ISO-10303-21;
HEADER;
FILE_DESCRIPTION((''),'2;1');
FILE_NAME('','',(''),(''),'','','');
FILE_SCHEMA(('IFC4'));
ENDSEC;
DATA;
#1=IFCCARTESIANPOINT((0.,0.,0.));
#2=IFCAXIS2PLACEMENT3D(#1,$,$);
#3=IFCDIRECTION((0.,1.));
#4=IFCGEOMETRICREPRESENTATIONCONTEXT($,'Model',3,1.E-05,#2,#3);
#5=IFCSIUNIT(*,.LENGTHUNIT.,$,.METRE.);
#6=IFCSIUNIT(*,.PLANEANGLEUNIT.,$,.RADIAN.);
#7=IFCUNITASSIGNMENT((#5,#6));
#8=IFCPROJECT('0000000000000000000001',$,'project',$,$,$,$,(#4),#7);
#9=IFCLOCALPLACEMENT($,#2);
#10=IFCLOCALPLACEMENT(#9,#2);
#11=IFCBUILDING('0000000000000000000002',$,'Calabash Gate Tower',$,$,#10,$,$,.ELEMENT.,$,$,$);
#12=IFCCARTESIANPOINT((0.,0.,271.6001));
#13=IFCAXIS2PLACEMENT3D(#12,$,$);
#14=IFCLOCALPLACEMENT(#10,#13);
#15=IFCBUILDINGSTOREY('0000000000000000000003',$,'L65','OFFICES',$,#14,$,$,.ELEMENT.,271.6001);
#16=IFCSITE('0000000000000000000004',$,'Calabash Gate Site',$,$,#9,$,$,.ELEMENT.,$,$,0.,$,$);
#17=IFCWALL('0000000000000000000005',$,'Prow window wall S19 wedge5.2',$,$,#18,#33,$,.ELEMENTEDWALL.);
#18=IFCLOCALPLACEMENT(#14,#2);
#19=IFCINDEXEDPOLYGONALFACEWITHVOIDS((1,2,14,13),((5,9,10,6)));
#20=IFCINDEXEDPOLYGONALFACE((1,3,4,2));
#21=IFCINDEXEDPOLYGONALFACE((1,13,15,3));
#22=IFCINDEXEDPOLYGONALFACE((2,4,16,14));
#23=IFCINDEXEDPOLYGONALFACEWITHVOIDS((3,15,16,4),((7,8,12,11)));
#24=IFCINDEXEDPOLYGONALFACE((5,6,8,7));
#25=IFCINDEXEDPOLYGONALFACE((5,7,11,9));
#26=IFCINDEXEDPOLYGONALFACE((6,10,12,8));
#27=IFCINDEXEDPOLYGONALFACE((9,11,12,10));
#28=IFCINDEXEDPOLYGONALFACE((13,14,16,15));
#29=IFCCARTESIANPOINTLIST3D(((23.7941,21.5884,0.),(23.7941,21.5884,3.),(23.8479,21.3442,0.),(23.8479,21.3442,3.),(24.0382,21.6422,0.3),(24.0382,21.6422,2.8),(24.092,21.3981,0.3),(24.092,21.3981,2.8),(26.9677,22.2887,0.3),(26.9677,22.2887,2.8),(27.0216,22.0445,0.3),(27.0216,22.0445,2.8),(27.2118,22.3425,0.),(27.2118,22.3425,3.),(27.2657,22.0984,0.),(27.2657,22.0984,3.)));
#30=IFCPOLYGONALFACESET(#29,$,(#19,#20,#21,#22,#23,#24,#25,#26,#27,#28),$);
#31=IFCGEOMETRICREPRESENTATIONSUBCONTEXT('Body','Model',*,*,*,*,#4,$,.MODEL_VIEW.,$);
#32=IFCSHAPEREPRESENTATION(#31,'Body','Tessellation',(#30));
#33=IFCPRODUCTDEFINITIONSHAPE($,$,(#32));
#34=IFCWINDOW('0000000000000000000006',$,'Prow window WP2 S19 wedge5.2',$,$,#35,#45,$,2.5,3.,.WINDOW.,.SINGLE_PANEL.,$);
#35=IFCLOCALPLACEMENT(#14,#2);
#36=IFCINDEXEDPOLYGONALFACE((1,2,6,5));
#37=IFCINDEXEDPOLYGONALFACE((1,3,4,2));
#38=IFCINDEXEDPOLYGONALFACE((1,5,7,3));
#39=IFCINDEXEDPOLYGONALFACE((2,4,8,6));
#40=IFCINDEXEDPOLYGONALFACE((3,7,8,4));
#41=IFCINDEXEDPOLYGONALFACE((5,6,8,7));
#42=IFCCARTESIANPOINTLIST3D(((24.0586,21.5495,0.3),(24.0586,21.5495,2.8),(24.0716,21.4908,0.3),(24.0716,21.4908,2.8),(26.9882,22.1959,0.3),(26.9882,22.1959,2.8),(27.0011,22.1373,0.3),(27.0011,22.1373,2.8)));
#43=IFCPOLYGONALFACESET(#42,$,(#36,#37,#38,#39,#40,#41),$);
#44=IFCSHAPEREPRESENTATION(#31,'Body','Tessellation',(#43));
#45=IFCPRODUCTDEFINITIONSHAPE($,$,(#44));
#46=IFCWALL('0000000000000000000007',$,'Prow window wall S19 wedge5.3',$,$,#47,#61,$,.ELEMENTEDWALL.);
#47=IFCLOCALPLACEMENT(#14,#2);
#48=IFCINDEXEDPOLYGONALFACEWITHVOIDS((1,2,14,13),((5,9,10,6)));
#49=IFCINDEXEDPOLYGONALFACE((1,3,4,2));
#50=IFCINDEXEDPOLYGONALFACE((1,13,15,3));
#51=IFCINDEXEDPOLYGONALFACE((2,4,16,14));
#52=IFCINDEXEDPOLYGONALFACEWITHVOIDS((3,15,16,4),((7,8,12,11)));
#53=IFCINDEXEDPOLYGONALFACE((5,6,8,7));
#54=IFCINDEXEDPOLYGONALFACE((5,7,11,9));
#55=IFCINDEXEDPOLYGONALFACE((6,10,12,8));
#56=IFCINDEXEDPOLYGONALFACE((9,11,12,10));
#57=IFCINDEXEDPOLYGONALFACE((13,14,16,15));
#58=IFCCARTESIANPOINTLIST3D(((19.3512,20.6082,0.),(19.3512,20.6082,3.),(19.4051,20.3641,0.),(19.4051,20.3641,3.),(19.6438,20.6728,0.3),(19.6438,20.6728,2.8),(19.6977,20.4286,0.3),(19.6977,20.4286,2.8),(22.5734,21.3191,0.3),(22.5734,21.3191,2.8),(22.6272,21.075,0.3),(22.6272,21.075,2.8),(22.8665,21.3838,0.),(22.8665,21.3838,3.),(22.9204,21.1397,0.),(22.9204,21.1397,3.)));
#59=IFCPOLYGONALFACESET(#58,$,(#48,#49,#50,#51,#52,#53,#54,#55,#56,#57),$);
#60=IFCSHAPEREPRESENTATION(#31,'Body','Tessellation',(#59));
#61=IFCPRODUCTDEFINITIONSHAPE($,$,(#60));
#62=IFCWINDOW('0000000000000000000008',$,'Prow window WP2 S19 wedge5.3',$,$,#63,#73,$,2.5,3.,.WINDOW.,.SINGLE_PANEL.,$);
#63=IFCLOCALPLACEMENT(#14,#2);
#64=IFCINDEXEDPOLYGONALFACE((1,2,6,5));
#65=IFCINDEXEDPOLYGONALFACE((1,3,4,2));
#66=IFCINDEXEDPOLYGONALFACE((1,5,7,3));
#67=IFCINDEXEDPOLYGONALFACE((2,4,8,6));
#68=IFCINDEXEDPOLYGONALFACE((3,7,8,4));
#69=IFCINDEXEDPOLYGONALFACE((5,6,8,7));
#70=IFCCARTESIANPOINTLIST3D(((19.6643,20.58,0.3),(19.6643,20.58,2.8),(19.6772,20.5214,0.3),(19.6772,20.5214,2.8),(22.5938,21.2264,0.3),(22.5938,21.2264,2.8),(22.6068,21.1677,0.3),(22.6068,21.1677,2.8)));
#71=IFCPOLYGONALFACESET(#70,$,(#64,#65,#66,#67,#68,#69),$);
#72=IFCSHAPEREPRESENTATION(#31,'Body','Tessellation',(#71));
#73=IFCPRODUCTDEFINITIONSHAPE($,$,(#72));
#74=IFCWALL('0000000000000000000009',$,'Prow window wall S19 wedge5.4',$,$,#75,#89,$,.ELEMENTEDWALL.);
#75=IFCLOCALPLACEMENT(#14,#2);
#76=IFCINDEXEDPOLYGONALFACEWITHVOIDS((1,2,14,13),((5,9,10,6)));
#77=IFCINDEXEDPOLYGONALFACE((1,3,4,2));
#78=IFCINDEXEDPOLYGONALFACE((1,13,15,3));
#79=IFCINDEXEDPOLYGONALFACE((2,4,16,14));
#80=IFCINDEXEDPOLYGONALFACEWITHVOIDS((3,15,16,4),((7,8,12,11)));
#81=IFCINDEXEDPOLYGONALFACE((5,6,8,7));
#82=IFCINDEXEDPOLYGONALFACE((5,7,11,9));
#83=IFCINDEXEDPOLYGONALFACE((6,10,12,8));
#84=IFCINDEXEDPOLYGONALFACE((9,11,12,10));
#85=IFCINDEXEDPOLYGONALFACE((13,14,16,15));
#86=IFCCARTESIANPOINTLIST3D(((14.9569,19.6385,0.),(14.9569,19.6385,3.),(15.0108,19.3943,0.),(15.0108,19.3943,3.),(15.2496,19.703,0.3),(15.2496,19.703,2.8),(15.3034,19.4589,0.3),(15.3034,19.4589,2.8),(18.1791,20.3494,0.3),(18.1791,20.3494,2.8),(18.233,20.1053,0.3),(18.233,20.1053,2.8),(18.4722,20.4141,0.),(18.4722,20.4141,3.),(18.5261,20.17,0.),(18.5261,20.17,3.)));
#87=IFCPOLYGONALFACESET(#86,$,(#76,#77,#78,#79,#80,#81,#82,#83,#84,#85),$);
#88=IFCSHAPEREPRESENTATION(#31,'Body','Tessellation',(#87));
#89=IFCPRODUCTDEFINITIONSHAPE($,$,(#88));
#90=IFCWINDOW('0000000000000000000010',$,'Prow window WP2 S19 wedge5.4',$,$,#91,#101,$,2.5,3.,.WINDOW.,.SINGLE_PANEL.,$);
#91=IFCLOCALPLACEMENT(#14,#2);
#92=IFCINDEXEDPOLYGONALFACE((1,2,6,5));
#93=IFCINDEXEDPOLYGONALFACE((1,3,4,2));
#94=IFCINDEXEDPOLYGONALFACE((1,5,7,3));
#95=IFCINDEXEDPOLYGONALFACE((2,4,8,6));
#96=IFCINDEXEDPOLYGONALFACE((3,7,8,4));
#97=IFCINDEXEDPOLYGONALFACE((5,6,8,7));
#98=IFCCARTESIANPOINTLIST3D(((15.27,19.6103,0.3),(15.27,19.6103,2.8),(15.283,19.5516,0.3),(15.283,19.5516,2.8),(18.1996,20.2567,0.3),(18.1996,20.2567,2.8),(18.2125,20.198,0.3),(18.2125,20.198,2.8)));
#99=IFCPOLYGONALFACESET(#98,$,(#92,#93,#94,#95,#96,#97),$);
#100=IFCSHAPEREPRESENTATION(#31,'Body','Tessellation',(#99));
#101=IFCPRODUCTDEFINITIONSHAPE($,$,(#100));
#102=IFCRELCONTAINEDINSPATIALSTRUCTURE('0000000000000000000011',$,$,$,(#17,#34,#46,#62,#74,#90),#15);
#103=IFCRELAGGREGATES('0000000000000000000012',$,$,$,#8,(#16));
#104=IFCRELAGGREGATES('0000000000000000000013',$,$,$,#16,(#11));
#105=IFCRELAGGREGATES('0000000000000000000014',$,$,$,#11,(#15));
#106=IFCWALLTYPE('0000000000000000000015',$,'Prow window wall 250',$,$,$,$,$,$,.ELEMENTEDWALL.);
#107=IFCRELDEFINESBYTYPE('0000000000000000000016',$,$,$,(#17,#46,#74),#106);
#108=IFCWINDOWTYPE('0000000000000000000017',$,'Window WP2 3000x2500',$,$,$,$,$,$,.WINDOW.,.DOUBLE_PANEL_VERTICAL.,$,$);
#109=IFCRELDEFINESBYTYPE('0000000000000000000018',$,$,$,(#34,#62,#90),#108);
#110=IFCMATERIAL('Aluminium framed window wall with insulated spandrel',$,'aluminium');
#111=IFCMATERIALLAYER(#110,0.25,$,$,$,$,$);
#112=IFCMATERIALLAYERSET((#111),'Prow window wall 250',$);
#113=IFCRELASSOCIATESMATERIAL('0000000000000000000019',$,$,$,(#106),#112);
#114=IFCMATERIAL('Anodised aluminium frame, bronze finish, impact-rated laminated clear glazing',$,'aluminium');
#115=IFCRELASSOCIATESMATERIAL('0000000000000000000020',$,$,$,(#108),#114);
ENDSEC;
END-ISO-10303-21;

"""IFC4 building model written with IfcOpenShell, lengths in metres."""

from ifc_helpers import new_model, si_unit, direction, frame, frame_2d, origin, place, context, subcontext, project, spatial, rectangle, extrude, material, layer, layer_set, type_object, element, fill, save


model = new_model("IFC4")

# Units and contexts
model_context = context("Model", 3, precision=1e-05, world=origin(), true_north=direction((0.0, 1.0)))
body_context = subcontext(model_context, "Body", "Model", "MODEL_VIEW")
ifc_project = project(units=[si_unit("LENGTHUNIT", "METRE"), si_unit("PLANEANGLEUNIT", "RADIAN")], contexts=[model_context])

# Site, building, storey
site_placement = place(None, origin())
site = spatial("IfcSite", under=ifc_project, at=site_placement, Name="Calabash Gate Site", CompositionType="ELEMENT", RefElevation=0.0)
building_placement = place(site_placement, origin())
building = spatial("IfcBuilding", under=site, at=building_placement, Name="Calabash Gate Tower", CompositionType="ELEMENT")
storey_placement = place(building_placement, frame((0.0, 0.0, 271.6001)))
storey = spatial("IfcBuildingStorey", under=building, at=storey_placement, Name="L65", Description="OFFICES", CompositionType="ELEMENT", Elevation=271.6001)

# Walls, openings, windows
ifc_material_1 = material(Name="Aluminium framed window wall with insulated spandrel", Category="aluminium")
ifc_layer_1 = layer(ifc_material_1, 0.25)
ifc_layer_set_1 = layer_set([ifc_layer_1], Name="Prow window wall 250")
wall_type_1 = type_object("IfcWallType", Name="Prow window wall 250", PredefinedType="ELEMENTEDWALL", material=ifc_layer_set_1)
ifc_material_2 = material(Name="Anodised aluminium frame, bronze finish, impact-rated laminated clear glazing", Category="aluminium")
window_type = type_object("IfcWindowType", Name="Window WP2 3000x2500", PartitioningType="DOUBLE_PANEL_VERTICAL", PredefinedType="WINDOW", material=ifc_material_2)
wall_1_placement = place(storey_placement, frame((27.2388, 22.2205, 0.0), z_axis=(0.0, 0.0, 1.0), x_axis=(-0.976509, -0.215475, 0.0)))
wall_1 = element("IfcWall", 1, at=wall_1_placement, inside=storey, type_object=wall_type_1, Name="Prow window wall S19 wedge5.2", PredefinedType="ELEMENTEDWALL", context=body_context, shape_type="SweptSolid", body=[
    extrude(rectangle(XDim=3.5, YDim=0.25, at=frame_2d((1.75, 0.0))), origin(), (0.0, 0.0, 1.0), 3.0),
])
opening_1_placement = place(wall_1_placement, frame((0.25, 0.0, 0.3)))
opening_1 = element("IfcOpeningElement", 2, at=opening_1_placement, cuts=wall_1, PredefinedType="OPENING", context=body_context, shape_type="SweptSolid", body=[
    extrude(rectangle(XDim=3.0, YDim=2.5, at=frame_2d((1.5, 1.25))), frame((0.0, 0.135, 0.0), z_axis=(0.0, -1.0, 0.0), x_axis=(1.0, 0.0, 0.0)), (0.0, 0.0, 1.0), 0.27),
])
window_1_placement = place(opening_1_placement, origin())
window_1 = element("IfcWindow", 3, at=window_1_placement, inside=storey, type_object=window_type, Name="Prow window WP2 S19 wedge5.2", OverallHeight=2.5, OverallWidth=3.0, PartitioningType="SINGLE_PANEL", PredefinedType="WINDOW", context=body_context, shape_type="SweptSolid", body=[
    extrude(rectangle(XDim=3.0, YDim=2.5, at=frame_2d((1.5, 1.25))), frame((0.0, 0.03, 0.0), z_axis=(0.0, -1.0, 0.0), x_axis=(1.0, 0.0, 0.0)), (0.0, 0.0, 1.0), 0.0601),
])
fill(opening_1, window_1)
wall_2_placement = place(storey_placement, frame((22.8933, 21.2617, 0.0), z_axis=(0.0, 0.0, 1.0), x_axis=(-0.976513, -0.215458, 0.0)))
wall_2 = element("IfcWall", 4, at=wall_2_placement, inside=storey, type_object=wall_type_1, Name="Prow window wall S19 wedge5.3", PredefinedType="ELEMENTEDWALL", context=body_context, shape_type="SweptSolid", body=[
    extrude(rectangle(XDim=3.5999, YDim=0.25, at=frame_2d((1.7998, 0.0))), origin(), (0.0, 0.0, 1.0), 3.0),
])
opening_2_placement = place(wall_2_placement, frame((0.3, 0.0, 0.3)))
opening_2 = element("IfcOpeningElement", 5, at=opening_2_placement, cuts=wall_2, PredefinedType="OPENING", context=body_context, shape_type="SweptSolid", body=[
    extrude(rectangle(XDim=3.0, YDim=2.5, at=frame_2d((1.5, 1.25))), frame((0.0, 0.135, 0.0), z_axis=(0.0, -1.0, 0.0), x_axis=(1.0, 0.0, 0.0)), (0.0, 0.0, 1.0), 0.27),
])
window_2_placement = place(opening_2_placement, origin())
window_2 = element("IfcWindow", 6, at=window_2_placement, inside=storey, type_object=window_type, Name="Prow window WP2 S19 wedge5.3", OverallHeight=2.5, OverallWidth=3.0, PartitioningType="SINGLE_PANEL", PredefinedType="WINDOW", context=body_context, shape_type="SweptSolid", body=[
    extrude(rectangle(XDim=3.0, YDim=2.5, at=frame_2d((1.5, 1.25))), frame((0.0, 0.03, 0.0), z_axis=(0.0, -1.0, 0.0), x_axis=(1.0, 0.0, 0.0)), (0.0, 0.0, 1.0), 0.0601),
])
fill(opening_2, window_2)
wall_3_placement = place(storey_placement, frame((18.499, 20.292, 0.0), z_axis=(0.0, 0.0, 1.0), x_axis=(-0.976513, -0.215458, 0.0)))
wall_3 = element("IfcWall", 7, at=wall_3_placement, inside=storey, type_object=wall_type_1, Name="Prow window wall S19 wedge5.4", PredefinedType="ELEMENTEDWALL", context=body_context, shape_type="SweptSolid", body=[
    extrude(rectangle(XDim=3.5999, YDim=0.25, at=frame_2d((1.7998, 0.0))), origin(), (0.0, 0.0, 1.0), 3.0),
])
opening_3_placement = place(wall_3_placement, frame((0.3, 0.0, 0.3)))
opening_3 = element("IfcOpeningElement", 8, at=opening_3_placement, cuts=wall_3, PredefinedType="OPENING", context=body_context, shape_type="SweptSolid", body=[
    extrude(rectangle(XDim=3.0, YDim=2.5, at=frame_2d((1.5, 1.25))), frame((0.0, 0.135, 0.0), z_axis=(0.0, -1.0, 0.0), x_axis=(1.0, 0.0, 0.0)), (0.0, 0.0, 1.0), 0.27),
])
window_3_placement = place(opening_3_placement, origin())
window_3 = element("IfcWindow", 9, at=window_3_placement, inside=storey, type_object=window_type, Name="Prow window WP2 S19 wedge5.4", OverallHeight=2.5, OverallWidth=3.0, PartitioningType="SINGLE_PANEL", PredefinedType="WINDOW", context=body_context, shape_type="SweptSolid", body=[
    extrude(rectangle(XDim=3.0, YDim=2.5, at=frame_2d((1.5, 1.25))), frame((0.0, 0.03, 0.0), z_axis=(0.0, -1.0, 0.0), x_axis=(1.0, 0.0, 0.0)), (0.0, 0.0, 1.0), 0.0601),
])
fill(opening_3, window_3)

save(model, "model.ifc")
